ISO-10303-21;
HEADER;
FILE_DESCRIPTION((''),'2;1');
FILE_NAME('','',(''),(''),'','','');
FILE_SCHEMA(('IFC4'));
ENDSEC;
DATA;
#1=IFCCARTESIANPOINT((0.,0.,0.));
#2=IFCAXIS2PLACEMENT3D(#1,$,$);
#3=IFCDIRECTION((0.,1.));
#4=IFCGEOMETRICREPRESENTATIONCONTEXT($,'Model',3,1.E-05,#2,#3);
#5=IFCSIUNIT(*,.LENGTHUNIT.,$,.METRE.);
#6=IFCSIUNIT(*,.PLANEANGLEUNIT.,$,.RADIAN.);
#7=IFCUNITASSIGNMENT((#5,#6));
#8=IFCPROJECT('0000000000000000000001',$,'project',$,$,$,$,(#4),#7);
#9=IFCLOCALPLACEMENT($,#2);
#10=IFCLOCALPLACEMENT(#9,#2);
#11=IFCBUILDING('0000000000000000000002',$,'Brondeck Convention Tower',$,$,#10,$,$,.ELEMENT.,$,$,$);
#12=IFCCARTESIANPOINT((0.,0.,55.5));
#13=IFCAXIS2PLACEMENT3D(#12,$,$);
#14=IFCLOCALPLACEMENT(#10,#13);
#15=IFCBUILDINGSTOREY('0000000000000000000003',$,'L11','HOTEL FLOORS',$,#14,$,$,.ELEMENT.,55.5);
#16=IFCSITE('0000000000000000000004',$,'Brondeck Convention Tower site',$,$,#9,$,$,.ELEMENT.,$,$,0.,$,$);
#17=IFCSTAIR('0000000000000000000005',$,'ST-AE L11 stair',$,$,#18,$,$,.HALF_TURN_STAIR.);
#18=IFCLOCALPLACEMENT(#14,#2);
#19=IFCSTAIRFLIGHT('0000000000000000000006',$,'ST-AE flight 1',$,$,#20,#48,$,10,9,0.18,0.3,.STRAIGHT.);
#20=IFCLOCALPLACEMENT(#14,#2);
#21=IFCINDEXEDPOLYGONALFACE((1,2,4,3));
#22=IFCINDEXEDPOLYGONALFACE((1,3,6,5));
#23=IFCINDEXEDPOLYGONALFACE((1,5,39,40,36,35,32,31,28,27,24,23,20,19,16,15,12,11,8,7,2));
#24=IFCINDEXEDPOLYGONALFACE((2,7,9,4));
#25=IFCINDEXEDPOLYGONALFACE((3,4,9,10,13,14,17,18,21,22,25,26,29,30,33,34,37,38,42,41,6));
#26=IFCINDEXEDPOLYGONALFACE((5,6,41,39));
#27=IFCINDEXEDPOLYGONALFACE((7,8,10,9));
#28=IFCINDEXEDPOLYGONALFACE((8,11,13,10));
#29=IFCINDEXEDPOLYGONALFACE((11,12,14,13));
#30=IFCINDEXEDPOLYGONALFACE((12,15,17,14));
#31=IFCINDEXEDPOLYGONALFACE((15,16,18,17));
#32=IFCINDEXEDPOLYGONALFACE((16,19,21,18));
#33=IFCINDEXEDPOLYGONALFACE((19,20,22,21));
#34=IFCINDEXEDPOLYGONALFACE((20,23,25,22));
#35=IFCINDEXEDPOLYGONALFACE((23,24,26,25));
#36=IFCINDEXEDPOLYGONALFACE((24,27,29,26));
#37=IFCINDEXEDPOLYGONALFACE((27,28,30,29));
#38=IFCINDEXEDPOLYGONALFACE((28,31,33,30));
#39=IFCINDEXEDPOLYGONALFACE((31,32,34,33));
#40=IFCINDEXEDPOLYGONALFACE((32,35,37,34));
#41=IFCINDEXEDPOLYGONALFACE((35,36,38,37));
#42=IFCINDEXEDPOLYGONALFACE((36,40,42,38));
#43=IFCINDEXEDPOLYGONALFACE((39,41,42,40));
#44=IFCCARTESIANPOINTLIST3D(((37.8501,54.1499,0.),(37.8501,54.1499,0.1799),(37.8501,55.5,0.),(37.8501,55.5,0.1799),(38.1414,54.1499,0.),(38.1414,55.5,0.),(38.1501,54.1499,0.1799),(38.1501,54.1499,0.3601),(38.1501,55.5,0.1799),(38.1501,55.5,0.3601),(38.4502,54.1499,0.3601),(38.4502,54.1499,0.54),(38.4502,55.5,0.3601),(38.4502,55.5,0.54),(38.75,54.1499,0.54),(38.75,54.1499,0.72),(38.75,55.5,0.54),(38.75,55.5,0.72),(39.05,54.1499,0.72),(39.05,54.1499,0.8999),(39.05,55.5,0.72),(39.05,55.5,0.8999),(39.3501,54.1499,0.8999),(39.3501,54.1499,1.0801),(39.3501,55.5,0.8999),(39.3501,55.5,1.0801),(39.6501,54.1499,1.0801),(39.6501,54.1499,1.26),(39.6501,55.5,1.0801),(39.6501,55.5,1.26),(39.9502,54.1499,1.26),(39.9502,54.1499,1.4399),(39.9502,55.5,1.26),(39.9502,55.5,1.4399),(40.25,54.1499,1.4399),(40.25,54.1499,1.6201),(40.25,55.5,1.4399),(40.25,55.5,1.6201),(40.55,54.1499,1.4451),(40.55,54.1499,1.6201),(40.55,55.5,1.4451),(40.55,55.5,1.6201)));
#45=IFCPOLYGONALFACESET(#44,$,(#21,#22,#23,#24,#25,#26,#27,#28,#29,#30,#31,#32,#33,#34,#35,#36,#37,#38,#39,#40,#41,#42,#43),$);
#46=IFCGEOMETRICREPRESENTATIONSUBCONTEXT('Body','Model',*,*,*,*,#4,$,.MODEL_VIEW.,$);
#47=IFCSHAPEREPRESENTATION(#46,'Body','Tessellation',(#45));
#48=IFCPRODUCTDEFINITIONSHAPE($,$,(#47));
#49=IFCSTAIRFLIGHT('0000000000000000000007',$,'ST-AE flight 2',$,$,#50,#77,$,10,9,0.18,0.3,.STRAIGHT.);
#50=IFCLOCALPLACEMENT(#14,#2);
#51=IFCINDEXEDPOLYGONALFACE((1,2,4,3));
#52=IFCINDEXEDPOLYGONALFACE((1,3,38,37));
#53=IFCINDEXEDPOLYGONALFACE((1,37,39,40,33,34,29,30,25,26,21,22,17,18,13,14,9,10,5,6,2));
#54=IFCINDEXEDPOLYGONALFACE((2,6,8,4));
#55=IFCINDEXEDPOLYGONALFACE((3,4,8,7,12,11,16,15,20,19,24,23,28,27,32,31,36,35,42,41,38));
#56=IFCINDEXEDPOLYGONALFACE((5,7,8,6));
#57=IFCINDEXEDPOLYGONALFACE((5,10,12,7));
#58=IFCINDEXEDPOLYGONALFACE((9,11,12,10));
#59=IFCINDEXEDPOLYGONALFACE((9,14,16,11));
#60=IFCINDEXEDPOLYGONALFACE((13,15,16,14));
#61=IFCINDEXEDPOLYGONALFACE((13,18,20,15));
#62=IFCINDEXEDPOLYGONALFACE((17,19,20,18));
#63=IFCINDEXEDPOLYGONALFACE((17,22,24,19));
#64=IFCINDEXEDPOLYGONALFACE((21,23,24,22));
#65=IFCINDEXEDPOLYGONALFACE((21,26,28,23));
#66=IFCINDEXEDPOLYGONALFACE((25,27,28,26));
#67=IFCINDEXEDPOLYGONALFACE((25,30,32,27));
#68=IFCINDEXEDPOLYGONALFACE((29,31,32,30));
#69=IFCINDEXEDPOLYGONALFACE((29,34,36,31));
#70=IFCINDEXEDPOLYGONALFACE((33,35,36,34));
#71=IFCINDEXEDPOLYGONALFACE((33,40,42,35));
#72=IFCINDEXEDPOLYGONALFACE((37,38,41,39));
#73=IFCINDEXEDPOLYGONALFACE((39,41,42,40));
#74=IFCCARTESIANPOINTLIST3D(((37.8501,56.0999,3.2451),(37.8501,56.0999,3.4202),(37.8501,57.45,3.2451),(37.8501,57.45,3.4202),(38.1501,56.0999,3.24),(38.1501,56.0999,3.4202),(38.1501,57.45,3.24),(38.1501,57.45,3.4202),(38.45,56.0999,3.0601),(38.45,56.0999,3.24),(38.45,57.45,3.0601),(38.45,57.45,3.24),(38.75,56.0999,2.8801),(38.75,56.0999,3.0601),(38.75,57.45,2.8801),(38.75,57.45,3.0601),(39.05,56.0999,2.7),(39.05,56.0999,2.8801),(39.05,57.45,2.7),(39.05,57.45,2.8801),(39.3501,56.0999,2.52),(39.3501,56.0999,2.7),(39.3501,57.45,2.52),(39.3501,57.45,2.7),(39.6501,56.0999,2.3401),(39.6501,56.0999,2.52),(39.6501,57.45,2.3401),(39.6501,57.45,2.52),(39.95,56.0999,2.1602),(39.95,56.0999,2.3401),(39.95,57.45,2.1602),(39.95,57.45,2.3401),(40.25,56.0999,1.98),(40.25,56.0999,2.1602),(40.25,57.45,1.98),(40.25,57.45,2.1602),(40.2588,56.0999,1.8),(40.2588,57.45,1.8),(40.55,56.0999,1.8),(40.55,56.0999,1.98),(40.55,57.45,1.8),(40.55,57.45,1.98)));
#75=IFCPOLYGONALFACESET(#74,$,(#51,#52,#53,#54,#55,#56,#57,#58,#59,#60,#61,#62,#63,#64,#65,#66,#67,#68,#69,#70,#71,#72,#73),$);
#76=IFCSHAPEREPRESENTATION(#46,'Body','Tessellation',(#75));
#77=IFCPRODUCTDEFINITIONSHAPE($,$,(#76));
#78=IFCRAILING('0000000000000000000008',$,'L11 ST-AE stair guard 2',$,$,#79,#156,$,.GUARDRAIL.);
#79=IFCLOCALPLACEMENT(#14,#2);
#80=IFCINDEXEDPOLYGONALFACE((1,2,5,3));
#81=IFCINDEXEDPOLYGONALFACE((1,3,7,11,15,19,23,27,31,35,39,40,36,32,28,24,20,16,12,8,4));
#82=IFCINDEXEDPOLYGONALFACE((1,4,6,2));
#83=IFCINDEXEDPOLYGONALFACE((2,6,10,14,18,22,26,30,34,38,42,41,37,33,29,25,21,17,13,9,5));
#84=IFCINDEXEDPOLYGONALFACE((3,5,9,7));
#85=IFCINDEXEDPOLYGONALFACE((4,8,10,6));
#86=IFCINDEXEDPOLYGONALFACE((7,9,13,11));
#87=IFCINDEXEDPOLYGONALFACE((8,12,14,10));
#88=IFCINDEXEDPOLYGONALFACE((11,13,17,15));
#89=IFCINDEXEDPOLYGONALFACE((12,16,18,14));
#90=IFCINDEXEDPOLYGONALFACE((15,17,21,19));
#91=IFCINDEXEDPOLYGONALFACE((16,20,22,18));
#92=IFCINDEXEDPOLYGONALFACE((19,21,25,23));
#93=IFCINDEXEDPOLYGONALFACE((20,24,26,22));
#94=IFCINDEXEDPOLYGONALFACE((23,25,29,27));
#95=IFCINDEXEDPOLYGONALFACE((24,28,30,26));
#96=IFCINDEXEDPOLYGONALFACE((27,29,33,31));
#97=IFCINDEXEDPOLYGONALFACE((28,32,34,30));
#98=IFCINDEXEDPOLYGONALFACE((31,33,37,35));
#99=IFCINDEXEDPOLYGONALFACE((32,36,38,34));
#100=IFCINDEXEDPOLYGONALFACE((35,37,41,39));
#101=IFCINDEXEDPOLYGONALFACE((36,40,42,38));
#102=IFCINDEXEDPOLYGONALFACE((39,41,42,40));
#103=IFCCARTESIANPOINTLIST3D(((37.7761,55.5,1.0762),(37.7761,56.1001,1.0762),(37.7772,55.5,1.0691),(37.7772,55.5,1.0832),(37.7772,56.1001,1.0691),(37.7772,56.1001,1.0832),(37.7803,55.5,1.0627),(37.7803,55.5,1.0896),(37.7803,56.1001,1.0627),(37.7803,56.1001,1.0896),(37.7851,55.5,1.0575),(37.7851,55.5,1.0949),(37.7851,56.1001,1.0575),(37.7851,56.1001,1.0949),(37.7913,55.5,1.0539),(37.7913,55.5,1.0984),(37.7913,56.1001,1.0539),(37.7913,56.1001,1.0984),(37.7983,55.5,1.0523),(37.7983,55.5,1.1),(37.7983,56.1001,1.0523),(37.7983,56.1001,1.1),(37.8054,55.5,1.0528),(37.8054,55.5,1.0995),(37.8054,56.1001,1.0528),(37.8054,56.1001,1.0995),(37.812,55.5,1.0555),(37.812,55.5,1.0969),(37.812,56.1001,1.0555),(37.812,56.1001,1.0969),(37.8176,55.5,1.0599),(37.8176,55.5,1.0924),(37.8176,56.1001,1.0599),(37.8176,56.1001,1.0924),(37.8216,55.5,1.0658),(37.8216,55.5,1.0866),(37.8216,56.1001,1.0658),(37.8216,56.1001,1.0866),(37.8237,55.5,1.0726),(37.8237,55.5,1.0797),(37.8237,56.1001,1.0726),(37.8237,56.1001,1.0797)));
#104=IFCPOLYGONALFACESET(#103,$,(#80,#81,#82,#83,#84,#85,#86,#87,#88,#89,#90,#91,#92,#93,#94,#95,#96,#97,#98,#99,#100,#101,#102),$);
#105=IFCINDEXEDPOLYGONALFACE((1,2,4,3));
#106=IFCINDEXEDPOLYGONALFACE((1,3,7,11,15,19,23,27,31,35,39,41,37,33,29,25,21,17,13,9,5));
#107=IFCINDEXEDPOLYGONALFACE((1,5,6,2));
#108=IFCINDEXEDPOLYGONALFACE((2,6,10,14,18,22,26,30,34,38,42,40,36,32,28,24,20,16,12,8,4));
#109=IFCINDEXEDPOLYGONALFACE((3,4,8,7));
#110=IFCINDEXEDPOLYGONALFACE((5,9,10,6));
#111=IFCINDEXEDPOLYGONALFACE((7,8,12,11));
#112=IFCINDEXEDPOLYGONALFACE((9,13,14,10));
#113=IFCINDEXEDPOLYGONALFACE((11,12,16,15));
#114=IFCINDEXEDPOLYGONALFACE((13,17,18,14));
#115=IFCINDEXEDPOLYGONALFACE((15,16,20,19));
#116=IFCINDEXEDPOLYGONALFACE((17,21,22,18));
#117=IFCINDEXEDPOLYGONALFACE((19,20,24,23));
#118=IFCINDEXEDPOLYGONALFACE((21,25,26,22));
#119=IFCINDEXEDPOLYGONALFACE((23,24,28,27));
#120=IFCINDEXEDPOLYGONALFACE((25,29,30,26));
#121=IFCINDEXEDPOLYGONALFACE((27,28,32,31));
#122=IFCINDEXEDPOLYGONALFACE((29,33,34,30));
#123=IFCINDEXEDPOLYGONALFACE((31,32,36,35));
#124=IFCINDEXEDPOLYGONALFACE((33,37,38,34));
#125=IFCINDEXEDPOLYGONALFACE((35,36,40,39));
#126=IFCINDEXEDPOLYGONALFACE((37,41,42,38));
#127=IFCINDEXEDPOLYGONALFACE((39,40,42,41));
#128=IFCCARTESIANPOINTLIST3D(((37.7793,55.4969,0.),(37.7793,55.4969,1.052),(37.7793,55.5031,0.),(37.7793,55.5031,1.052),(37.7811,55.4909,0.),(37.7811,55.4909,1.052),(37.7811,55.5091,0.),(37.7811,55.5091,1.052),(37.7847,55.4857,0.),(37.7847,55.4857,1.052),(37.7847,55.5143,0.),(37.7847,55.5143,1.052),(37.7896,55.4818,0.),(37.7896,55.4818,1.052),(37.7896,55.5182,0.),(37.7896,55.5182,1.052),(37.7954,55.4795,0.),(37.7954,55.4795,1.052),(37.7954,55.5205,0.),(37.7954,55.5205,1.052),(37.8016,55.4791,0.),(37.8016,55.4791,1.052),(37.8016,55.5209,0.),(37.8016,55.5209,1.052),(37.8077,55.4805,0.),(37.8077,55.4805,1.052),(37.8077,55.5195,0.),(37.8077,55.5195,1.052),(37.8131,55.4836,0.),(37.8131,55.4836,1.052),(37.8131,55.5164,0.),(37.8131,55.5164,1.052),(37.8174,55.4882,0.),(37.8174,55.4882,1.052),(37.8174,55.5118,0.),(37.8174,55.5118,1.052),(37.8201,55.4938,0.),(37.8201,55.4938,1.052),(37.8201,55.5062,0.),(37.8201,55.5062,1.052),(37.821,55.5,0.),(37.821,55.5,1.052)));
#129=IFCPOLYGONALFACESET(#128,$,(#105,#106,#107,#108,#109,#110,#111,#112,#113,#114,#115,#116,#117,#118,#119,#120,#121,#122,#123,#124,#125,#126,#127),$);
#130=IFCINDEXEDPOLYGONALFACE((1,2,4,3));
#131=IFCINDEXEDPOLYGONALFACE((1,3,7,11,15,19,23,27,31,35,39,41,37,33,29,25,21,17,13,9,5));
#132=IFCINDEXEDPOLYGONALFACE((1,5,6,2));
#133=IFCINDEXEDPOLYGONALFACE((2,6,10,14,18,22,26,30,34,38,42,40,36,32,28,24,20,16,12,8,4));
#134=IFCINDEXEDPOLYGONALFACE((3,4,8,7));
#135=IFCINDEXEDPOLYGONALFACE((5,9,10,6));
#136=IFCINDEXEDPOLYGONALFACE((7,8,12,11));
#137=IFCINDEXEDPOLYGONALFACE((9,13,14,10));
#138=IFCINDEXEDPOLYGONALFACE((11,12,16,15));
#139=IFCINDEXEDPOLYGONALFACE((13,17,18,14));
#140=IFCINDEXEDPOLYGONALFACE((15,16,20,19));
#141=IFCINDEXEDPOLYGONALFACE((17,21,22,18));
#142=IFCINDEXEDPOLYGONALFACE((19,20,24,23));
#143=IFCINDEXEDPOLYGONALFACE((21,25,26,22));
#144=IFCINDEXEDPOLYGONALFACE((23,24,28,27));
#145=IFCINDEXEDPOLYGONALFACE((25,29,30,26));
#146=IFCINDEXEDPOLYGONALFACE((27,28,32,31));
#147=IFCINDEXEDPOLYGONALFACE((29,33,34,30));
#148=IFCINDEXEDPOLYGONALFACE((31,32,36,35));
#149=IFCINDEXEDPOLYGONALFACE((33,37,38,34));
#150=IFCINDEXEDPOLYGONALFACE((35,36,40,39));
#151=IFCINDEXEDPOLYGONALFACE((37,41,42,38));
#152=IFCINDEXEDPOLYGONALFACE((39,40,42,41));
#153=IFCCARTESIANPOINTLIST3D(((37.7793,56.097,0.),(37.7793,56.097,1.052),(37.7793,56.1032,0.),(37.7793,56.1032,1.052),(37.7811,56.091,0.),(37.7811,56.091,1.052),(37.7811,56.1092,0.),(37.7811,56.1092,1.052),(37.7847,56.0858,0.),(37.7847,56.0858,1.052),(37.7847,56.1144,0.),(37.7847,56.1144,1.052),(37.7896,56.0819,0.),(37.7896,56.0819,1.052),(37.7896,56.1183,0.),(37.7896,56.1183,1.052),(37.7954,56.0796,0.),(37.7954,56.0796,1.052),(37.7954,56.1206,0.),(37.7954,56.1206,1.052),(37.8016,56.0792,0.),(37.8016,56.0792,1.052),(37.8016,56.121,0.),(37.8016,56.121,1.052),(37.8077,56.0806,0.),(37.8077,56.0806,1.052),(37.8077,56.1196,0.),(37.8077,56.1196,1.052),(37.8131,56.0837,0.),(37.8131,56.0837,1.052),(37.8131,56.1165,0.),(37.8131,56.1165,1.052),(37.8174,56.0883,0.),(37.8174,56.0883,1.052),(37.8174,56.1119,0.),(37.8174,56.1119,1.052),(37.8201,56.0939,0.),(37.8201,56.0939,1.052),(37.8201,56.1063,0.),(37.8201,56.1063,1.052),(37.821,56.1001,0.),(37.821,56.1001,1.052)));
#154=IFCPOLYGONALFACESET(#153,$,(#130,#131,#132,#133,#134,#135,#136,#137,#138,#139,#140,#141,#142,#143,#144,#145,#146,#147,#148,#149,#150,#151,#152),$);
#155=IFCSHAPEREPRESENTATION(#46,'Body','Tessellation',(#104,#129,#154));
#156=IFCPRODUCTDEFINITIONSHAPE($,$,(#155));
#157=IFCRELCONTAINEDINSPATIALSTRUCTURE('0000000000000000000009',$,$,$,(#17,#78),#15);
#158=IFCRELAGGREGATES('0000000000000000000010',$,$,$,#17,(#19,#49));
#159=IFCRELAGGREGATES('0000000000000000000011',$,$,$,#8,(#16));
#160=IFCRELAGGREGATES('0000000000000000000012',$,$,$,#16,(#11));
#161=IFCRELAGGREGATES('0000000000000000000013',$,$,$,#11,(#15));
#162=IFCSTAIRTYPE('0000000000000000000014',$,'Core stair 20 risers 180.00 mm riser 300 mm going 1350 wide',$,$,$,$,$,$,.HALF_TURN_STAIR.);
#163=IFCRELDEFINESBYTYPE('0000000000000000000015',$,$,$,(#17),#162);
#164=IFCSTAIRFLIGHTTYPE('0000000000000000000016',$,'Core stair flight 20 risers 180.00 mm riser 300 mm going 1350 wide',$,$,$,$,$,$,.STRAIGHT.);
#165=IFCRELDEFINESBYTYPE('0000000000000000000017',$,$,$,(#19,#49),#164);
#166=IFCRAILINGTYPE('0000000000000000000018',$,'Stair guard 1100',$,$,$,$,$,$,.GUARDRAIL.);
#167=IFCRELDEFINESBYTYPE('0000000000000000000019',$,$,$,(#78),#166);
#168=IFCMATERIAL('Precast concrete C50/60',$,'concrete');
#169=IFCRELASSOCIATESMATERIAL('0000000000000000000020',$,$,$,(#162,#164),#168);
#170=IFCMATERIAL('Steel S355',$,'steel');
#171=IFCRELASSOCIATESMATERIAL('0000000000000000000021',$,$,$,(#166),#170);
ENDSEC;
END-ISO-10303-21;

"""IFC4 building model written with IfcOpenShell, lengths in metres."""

from ifc_helpers import new_model, si_unit, direction, frame, origin, origin_2d, place, context, subcontext, project, spatial, polyline, circle, outline, extrude, material, type_object, element, aggregate, save


model = new_model("IFC4")

# Units and contexts
model_context = context("Model", 3, precision=1e-05, world=origin(), true_north=direction((0.0, 1.0)))
body_context = subcontext(model_context, "Body", "Model", "MODEL_VIEW")
ifc_project = project(units=[si_unit("LENGTHUNIT", "METRE"), si_unit("PLANEANGLEUNIT", "RADIAN")], contexts=[model_context])

# Site, building, storey
site_placement = place(None, origin())
site = spatial("IfcSite", under=ifc_project, at=site_placement, Name="Brondeck Convention Tower site", CompositionType="ELEMENT", RefElevation=0.0)
building_placement = place(site_placement, origin())
building = spatial("IfcBuilding", under=site, at=building_placement, Name="Brondeck Convention Tower", CompositionType="ELEMENT")
storey_placement = place(building_placement, frame((0.0, 0.0, 55.5)))
storey = spatial("IfcBuildingStorey", under=building, at=storey_placement, Name="L11", Description="HOTEL FLOORS", CompositionType="ELEMENT", Elevation=55.5)

# Stair, stair flights
ifc_material_1 = material(Name="Precast concrete C50/60", Category="concrete")
stair_type = type_object("IfcStairType", Name="Core stair 20 risers 180.00 mm riser 300 mm going 1350 wide", PredefinedType="HALF_TURN_STAIR", material=ifc_material_1)
stair_placement = place(storey_placement, origin())
stair = element("IfcStair", 1, at=stair_placement, inside=storey, type_object=stair_type, Name="ST-AE L11 stair", PredefinedType="HALF_TURN_STAIR")
stair_flight_type = type_object("IfcStairFlightType", Name="Core stair flight 20 risers 180.00 mm riser 300 mm going 1350 wide", PredefinedType="STRAIGHT", material=ifc_material_1)
stair_flight_1_placement = place(storey_placement, frame((37.8501, 54.825, 0.0), z_axis=(0.0, 0.0, 1.0), x_axis=(1.0, 0.0, 0.0)))
stair_flight_1 = element("IfcStairFlight", 2, at=stair_flight_1_placement, type_object=stair_flight_type, Name="ST-AE flight 1", NumberOfRisers=10, NumberOfTreads=9, PredefinedType="STRAIGHT", RiserHeight=0.18, TreadLength=0.3, context=body_context, shape_type="SweptSolid", body=[
    extrude(outline(polyline([(0.0, 0.0), (0.0, 0.1799), (0.3, 0.1799), (0.3, 0.3601), (0.6001, 0.3601), (0.6001, 0.54), (0.8999, 0.54), (0.8999, 0.72), (1.2, 0.72), (1.2, 0.8999), (1.5, 0.8999), (1.5, 1.0801), (1.8, 1.0801), (1.8, 1.26), (2.1001, 1.26), (2.1001, 1.4399), (2.3999, 1.4399), (2.3999, 1.6201), (2.7, 1.6201), (2.7, 1.8), (2.7, 1.4451), (0.2913, 0.0), (0.0, 0.0)])), frame((0.0, 0.675, 0.0), z_axis=(0.0, -1.0, 0.0), x_axis=(1.0, 0.0, 0.0)), (0.0, 0.0, 1.0), 1.3501),
])
stair_flight_2_placement = place(storey_placement, frame((40.55, 56.7749, 1.8), z_axis=(0.0, 0.0, 1.0), x_axis=(-1.0, 0.0, 0.0)))
stair_flight_2 = element("IfcStairFlight", 3, at=stair_flight_2_placement, type_object=stair_flight_type, Name="ST-AE flight 2", NumberOfRisers=10, NumberOfTreads=9, PredefinedType="STRAIGHT", RiserHeight=0.18, TreadLength=0.3, context=body_context, shape_type="SweptSolid", body=[
    extrude(outline(polyline([(0.0, 0.0), (0.0, 0.1799), (0.3, 0.1799), (0.3, 0.3601), (0.6001, 0.3601), (0.6001, 0.54), (0.8999, 0.54), (0.8999, 0.72), (1.2, 0.72), (1.2, 0.8999), (1.5, 0.8999), (1.5, 1.0801), (1.8, 1.0801), (1.8, 1.26), (2.1001, 1.26), (2.1001, 1.4399), (2.3999, 1.4399), (2.3999, 1.6201), (2.7, 1.6201), (2.7, 1.8), (2.7, 1.4451), (0.2913, 0.0), (0.0, 0.0)])), frame((0.0, 0.675, 0.0), z_axis=(0.0, -1.0, 0.0), x_axis=(1.0, 0.0, 0.0)), (0.0, 0.0, 1.0), 1.3501),
])
aggregate(stair, [stair_flight_1, stair_flight_2])

# Railing
ifc_material_2 = material(Name="Steel S355", Category="steel")
railing_type_1 = type_object("IfcRailingType", Name="Stair guard 1100", PredefinedType="GUARDRAIL", material=ifc_material_2)
railing_1_placement = place(storey_placement, frame((37.8, 55.5, 0.0)))
element("IfcRailing", 4, at=railing_1_placement, inside=storey, type_object=railing_type_1, Name="L11 ST-AE stair guard 2", PredefinedType="GUARDRAIL", context=body_context, shape_type="SweptSolid", body=[
    extrude(circle(Radius=0.0239, at=origin_2d()), frame((0.0, 0.0, 1.0762), z_axis=(0.0, 1.0, 0.0), x_axis=(-1.0, 0.0, 0.0)), (0.0, 0.0, 1.0), 0.6001),
    extrude(circle(Radius=0.021, at=origin_2d()), origin(), (0.0, 0.0, 1.0), 1.052),
    extrude(circle(Radius=0.021, at=origin_2d()), frame((0.0, 0.6001, 0.0)), (0.0, 0.0, 1.0), 1.052),
])

save(model, "model.ifc")
